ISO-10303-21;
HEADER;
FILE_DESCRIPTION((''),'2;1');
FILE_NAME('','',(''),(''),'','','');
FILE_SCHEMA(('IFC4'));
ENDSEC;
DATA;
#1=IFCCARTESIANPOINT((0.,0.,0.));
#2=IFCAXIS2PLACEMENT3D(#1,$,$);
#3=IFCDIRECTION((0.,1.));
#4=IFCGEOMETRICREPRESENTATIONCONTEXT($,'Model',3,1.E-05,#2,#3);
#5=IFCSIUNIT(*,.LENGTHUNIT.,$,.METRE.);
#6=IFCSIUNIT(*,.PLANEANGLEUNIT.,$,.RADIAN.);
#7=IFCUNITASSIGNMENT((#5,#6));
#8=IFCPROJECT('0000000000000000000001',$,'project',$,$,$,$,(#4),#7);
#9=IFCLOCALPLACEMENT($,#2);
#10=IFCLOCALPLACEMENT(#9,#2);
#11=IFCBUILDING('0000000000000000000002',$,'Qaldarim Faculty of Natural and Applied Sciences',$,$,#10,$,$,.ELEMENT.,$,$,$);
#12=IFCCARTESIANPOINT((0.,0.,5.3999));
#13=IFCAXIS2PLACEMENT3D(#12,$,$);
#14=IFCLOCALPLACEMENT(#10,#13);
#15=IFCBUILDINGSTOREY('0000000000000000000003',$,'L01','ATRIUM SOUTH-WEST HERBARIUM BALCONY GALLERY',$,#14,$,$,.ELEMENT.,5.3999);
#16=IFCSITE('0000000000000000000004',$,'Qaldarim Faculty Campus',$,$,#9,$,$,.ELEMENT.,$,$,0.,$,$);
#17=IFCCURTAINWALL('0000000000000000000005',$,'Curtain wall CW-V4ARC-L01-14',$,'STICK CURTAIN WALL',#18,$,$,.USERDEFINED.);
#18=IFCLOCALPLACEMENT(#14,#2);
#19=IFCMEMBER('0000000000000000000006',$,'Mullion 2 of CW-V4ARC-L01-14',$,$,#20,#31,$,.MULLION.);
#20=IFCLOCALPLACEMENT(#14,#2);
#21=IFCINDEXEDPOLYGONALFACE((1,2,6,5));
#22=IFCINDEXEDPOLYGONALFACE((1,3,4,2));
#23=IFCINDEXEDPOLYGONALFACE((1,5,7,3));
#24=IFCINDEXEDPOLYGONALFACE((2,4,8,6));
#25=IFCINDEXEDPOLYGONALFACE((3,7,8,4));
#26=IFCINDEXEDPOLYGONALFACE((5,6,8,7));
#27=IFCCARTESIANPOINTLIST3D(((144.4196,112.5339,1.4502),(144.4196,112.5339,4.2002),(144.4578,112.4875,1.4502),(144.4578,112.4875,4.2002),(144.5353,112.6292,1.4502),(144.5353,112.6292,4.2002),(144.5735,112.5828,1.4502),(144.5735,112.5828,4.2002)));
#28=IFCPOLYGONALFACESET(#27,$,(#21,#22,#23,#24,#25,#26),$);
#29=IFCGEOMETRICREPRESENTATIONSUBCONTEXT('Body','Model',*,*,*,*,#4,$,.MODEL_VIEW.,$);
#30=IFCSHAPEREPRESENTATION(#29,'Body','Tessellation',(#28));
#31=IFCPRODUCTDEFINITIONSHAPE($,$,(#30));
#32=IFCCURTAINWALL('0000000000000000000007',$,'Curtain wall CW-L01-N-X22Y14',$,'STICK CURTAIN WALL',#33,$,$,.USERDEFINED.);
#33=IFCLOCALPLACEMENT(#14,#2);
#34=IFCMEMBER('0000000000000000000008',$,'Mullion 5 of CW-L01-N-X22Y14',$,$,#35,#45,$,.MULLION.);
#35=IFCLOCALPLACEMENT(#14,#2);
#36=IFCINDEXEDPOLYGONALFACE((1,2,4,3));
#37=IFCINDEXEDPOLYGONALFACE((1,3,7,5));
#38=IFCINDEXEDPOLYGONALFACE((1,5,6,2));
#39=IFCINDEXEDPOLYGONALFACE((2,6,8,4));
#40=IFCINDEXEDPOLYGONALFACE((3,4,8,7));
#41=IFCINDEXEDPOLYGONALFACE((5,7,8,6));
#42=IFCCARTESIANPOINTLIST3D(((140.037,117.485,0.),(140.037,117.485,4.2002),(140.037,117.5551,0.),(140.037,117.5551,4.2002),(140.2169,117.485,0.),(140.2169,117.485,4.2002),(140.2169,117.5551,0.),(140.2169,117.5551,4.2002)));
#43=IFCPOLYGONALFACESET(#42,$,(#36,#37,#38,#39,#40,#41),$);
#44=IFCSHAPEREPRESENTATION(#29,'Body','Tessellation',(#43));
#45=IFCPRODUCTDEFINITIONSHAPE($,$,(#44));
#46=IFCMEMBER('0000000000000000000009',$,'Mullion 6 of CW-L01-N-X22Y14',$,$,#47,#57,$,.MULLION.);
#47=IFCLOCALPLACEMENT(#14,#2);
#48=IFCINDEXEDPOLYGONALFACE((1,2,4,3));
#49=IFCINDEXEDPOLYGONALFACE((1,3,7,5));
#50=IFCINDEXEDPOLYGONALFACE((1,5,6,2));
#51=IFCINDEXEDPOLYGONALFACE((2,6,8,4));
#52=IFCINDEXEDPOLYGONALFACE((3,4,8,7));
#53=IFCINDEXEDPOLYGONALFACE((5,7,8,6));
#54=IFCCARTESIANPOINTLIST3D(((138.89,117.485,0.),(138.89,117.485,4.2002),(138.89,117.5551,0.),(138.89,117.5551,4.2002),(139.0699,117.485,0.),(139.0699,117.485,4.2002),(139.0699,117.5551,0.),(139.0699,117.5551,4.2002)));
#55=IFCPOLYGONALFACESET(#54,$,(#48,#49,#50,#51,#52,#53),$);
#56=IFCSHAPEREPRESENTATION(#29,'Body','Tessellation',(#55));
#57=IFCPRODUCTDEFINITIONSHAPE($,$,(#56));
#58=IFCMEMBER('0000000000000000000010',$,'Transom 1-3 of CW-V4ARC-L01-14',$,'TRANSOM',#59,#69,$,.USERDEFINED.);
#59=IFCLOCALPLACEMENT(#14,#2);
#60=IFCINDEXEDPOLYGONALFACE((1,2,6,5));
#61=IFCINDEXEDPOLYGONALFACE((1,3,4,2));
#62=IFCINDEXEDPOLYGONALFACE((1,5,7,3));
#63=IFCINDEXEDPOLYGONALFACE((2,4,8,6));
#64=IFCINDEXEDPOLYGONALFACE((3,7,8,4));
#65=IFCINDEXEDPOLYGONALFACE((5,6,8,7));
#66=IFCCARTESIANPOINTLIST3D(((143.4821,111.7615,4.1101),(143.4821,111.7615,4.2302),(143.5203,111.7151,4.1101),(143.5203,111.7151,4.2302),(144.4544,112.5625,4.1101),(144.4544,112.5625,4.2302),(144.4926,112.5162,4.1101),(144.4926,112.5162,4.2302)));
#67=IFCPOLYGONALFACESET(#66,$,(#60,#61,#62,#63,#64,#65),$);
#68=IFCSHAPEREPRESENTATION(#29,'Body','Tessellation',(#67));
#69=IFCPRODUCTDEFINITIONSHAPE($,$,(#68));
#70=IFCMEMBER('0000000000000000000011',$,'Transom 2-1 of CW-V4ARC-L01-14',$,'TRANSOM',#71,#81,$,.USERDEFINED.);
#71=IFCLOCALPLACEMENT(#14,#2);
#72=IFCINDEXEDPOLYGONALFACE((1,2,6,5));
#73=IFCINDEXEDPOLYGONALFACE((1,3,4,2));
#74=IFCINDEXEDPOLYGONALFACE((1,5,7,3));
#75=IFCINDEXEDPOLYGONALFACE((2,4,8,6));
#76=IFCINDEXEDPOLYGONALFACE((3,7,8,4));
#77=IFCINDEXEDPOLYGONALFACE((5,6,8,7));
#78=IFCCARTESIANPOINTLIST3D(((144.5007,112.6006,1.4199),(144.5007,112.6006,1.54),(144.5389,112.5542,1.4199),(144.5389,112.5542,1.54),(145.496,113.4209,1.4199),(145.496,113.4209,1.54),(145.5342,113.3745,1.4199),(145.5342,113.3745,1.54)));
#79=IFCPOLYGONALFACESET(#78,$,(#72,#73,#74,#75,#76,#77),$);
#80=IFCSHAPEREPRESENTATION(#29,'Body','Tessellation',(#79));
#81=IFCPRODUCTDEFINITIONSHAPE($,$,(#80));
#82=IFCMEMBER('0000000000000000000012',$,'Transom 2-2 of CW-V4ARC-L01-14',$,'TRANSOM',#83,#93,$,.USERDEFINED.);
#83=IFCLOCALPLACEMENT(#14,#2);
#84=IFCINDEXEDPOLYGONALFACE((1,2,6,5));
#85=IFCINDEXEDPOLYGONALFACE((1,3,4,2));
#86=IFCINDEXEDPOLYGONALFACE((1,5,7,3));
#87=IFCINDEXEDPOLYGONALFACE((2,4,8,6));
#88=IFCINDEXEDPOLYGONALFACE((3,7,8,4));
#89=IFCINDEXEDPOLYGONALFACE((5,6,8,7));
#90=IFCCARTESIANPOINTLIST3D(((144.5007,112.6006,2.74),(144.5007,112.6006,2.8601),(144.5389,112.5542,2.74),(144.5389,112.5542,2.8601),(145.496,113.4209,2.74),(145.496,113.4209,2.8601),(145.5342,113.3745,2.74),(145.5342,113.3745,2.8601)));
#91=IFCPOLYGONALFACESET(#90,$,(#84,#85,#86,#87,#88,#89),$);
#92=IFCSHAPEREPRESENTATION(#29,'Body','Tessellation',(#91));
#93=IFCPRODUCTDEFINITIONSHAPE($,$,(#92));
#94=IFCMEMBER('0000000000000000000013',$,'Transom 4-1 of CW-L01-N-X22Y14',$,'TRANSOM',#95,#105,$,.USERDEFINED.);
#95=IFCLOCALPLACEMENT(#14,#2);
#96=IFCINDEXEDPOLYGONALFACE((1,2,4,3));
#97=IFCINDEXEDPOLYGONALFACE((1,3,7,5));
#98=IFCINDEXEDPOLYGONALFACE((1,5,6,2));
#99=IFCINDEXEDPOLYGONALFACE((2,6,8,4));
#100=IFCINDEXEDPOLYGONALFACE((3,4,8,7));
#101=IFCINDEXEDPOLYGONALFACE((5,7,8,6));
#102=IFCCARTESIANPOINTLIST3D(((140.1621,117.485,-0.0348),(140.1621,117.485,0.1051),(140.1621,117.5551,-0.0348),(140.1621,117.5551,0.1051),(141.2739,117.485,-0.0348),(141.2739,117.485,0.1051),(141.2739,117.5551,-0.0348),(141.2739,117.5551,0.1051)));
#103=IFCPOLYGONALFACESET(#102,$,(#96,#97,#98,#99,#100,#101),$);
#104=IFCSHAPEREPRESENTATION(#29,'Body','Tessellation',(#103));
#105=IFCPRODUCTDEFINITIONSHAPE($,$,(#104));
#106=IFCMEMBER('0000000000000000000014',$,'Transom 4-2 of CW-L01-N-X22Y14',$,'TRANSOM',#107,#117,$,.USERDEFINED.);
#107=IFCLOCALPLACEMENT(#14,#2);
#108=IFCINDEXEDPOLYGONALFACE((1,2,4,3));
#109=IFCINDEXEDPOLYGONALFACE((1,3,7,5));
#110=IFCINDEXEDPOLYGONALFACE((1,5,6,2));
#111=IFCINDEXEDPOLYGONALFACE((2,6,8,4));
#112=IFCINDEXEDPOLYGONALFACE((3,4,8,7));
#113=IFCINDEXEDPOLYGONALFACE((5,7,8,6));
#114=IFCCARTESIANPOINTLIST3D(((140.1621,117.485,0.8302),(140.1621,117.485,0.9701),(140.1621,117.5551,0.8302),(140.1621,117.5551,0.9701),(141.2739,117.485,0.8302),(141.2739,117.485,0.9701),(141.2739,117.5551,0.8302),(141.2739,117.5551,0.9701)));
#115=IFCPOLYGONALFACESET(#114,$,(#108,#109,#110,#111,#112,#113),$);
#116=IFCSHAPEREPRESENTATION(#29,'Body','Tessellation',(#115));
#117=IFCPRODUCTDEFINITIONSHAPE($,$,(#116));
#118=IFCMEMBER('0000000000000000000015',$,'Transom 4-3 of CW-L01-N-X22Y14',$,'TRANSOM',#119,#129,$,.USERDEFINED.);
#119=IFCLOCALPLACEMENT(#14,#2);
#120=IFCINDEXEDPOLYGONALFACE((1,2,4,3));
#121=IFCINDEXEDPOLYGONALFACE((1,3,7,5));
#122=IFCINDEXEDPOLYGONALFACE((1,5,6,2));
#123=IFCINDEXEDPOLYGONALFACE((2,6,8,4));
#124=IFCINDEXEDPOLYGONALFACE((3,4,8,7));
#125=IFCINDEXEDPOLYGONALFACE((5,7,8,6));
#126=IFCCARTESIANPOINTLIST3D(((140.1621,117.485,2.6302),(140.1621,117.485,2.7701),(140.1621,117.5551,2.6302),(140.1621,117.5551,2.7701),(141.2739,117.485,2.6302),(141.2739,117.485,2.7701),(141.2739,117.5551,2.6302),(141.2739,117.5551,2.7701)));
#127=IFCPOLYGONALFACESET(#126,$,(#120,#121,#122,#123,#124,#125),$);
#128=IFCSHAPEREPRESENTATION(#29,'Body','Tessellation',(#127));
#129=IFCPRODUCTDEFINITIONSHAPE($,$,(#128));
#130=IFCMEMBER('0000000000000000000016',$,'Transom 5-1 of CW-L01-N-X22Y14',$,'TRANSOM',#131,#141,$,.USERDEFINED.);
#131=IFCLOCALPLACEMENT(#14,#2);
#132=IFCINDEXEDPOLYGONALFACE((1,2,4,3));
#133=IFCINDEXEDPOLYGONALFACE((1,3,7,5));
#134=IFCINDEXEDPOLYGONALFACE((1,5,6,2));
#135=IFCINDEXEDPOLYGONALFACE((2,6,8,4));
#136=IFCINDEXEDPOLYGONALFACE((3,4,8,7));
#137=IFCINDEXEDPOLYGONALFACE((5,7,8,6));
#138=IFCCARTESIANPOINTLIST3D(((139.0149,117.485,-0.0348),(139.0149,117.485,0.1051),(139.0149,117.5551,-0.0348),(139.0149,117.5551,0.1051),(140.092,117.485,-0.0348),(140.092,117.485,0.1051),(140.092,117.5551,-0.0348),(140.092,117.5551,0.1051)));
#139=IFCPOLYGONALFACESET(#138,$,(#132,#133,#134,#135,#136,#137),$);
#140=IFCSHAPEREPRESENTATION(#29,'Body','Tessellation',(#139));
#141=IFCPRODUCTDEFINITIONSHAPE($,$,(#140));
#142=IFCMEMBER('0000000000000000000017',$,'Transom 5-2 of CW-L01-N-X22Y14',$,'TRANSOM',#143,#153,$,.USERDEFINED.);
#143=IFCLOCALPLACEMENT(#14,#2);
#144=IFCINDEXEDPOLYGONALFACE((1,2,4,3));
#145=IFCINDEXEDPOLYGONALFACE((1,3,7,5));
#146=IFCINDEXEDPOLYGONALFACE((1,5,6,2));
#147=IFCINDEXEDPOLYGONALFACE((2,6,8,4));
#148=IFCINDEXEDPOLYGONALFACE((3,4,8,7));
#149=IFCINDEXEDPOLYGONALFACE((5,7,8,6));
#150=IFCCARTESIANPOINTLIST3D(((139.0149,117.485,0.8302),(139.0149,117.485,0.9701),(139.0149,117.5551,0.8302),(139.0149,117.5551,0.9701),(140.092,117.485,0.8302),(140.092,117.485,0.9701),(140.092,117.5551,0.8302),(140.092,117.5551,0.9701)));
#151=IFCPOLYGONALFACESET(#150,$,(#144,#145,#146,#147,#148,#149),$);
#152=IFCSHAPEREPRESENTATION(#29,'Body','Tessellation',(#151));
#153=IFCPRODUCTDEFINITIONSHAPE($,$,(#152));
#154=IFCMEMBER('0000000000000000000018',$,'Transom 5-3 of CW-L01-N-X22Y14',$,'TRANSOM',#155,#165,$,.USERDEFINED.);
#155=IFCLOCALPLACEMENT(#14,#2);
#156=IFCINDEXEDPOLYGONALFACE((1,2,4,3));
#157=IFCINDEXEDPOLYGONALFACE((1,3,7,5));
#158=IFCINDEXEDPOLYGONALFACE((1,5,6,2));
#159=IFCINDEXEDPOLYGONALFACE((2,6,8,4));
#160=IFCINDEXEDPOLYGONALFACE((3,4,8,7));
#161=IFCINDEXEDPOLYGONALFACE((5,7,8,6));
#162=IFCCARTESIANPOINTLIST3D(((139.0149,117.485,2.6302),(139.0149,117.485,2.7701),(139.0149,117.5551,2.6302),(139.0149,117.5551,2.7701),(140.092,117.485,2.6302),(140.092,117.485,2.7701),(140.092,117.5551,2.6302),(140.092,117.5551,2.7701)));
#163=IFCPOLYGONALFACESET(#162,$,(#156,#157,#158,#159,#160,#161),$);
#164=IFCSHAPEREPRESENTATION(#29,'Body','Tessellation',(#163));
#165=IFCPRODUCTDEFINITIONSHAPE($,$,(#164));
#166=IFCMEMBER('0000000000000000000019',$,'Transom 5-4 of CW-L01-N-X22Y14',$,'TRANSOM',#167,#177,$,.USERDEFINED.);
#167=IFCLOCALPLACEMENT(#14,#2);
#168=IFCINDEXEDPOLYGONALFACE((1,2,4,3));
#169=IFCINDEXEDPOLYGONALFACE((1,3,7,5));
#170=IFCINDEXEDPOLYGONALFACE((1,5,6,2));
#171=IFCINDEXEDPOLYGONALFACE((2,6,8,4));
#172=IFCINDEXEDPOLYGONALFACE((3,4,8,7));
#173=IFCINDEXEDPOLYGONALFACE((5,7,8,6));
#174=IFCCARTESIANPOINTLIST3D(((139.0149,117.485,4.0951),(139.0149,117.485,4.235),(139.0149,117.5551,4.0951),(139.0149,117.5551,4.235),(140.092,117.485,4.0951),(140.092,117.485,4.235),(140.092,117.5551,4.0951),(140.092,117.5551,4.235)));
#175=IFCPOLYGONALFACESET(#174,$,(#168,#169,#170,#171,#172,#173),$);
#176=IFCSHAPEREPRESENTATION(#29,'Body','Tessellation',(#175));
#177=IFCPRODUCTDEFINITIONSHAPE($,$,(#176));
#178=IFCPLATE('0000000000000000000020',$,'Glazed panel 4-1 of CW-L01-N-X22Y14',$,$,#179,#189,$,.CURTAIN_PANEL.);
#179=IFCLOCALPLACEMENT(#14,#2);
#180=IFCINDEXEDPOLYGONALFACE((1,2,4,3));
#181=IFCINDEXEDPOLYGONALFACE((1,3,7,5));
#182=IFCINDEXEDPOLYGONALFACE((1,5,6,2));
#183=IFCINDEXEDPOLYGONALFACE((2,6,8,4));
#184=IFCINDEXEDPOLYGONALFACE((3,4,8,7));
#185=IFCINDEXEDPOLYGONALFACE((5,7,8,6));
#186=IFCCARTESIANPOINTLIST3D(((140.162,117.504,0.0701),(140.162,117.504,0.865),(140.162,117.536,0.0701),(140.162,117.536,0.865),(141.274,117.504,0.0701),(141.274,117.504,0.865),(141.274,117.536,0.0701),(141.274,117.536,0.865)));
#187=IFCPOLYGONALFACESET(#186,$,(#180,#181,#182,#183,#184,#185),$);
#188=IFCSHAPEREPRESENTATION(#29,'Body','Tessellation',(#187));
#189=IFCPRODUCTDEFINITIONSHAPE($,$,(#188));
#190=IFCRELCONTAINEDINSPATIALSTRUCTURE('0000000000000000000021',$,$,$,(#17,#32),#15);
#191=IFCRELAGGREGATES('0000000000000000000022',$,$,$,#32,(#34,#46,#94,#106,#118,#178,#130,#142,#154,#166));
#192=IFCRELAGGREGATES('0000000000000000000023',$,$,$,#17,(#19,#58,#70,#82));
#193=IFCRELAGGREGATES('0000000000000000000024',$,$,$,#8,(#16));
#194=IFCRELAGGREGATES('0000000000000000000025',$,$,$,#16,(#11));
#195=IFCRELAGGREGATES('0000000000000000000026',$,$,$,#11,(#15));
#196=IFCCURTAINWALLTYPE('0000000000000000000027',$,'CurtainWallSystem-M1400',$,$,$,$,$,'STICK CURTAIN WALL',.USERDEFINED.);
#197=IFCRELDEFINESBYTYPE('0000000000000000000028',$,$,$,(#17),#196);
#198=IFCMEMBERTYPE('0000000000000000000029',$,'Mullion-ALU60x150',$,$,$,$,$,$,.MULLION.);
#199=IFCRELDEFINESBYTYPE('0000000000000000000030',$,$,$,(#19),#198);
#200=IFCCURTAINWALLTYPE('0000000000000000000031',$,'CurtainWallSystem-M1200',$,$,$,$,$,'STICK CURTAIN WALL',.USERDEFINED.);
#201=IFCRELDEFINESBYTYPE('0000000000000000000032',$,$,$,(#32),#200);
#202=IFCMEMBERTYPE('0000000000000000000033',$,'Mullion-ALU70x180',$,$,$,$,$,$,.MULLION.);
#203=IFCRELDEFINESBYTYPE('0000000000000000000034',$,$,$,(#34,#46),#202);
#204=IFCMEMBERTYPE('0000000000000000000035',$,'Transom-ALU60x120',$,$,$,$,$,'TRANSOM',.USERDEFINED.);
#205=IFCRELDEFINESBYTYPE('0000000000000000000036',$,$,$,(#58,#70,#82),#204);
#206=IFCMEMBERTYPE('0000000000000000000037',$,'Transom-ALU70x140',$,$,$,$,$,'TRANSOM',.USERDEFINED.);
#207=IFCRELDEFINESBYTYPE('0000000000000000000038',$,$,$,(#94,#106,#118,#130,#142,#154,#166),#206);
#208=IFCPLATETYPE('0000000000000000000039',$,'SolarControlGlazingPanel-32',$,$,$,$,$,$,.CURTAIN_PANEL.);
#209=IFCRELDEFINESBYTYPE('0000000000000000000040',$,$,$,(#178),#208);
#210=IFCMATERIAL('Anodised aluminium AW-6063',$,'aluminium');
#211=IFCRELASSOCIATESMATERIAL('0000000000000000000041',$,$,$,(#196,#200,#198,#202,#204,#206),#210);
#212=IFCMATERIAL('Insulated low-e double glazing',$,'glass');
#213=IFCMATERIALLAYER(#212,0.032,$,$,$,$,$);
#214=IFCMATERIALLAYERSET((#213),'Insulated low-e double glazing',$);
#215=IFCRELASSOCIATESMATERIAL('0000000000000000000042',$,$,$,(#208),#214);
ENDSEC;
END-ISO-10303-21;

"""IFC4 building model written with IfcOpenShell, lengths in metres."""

from ifc_helpers import new_model, si_unit, direction, frame, origin, origin_2d, place, context, subcontext, project, spatial, rectangle, extrude, material, layer, layer_set, material_profile, profile_set, type_object, element, aggregate, save


model = new_model("IFC4")

# Units and contexts
model_context = context("Model", 3, precision=1e-05, world=origin(), true_north=direction((0.0, 1.0)))
body_context = subcontext(model_context, "Body", "Model", "MODEL_VIEW")
ifc_project = project(units=[si_unit("LENGTHUNIT", "METRE"), si_unit("PLANEANGLEUNIT", "RADIAN")], contexts=[model_context])

# Site, building, storey
site_placement = place(None, origin())
site = spatial("IfcSite", under=ifc_project, at=site_placement, Name="Qaldarim Faculty Campus", CompositionType="ELEMENT", RefElevation=0.0)
building_placement = place(site_placement, origin())
building = spatial("IfcBuilding", under=site, at=building_placement, Name="Qaldarim Faculty of Natural and Applied Sciences", CompositionType="ELEMENT")
storey_placement = place(building_placement, frame((0.0, 0.0, 5.3999)))
storey = spatial("IfcBuildingStorey", under=building, at=storey_placement, Name="L01", Description="ATRIUM SOUTH-WEST HERBARIUM BALCONY GALLERY", CompositionType="ELEMENT", Elevation=5.3999)

# Curtain wall, member
ifc_material_1 = material(Name="Anodised aluminium AW-6063", Category="aluminium")
curtain_wall_type_1 = type_object("IfcCurtainWallType", Name="CurtainWallSystem-M1400", ElementType="STICK CURTAIN WALL", PredefinedType="USERDEFINED", material=ifc_material_1)
curtain_wall_1_placement = place(storey_placement, origin())
curtain_wall_1 = element("IfcCurtainWall", 1, at=curtain_wall_1_placement, inside=storey, type_object=curtain_wall_type_1, Name="Curtain wall CW-V4ARC-L01-14", ObjectType="STICK CURTAIN WALL", PredefinedType="USERDEFINED")
ifc_material_profile_1 = material_profile(ifc_material_1, rectangle(XDim=0.0601, YDim=0.1499, at=origin_2d()), Name="ALU-M60x150")
ifc_profile_set_1 = profile_set([ifc_material_profile_1], Name="Anodised aluminium AW-6063")
member_type_1 = type_object("IfcMemberType", Name="Mullion-ALU60x150", PredefinedType="MULLION", material=ifc_profile_set_1)
member_1_placement = place(storey_placement, frame((144.4966, 112.5583, 1.4502), z_axis=(0.0, 0.0, 1.0), x_axis=(-0.63593, 0.771747, 0.0)))
member_1 = element("IfcMember", 2, at=member_1_placement, type_object=member_type_1, Name="Mullion 2 of CW-V4ARC-L01-14", PredefinedType="MULLION", context=body_context, shape_type="SweptSolid", body=[
    extrude(rectangle(XDim=0.0601, YDim=0.1499, at=origin_2d()), origin(), (0.0, 0.0, 1.0), 2.75),
])

# Curtain wall, members
curtain_wall_type_2 = type_object("IfcCurtainWallType", Name="CurtainWallSystem-M1200", ElementType="STICK CURTAIN WALL", PredefinedType="USERDEFINED", material=ifc_material_1)
curtain_wall_2_placement = place(storey_placement, origin())
curtain_wall_2 = element("IfcCurtainWall", 3, at=curtain_wall_2_placement, inside=storey, type_object=curtain_wall_type_2, Name="Curtain wall CW-L01-N-X22Y14", ObjectType="STICK CURTAIN WALL", PredefinedType="USERDEFINED")
ifc_material_profile_2 = material_profile(ifc_material_1, rectangle(XDim=0.0701, YDim=0.1799, at=origin_2d()), Name="ALU-M70x180")
ifc_profile_set_2 = profile_set([ifc_material_profile_2], Name="Anodised aluminium AW-6063")
member_type_2 = type_object("IfcMemberType", Name="Mullion-ALU70x180", PredefinedType="MULLION", material=ifc_profile_set_2)
member_2_placement = place(storey_placement, frame((140.127, 117.52, 0.0), z_axis=(0.0, 0.0, 1.0), x_axis=(0.0, -1.0, 0.0)))
member_2 = element("IfcMember", 4, at=member_2_placement, type_object=member_type_2, Name="Mullion 5 of CW-L01-N-X22Y14", PredefinedType="MULLION", context=body_context, shape_type="SweptSolid", body=[
    extrude(rectangle(XDim=0.0701, YDim=0.1799, at=origin_2d()), origin(), (0.0, 0.0, 1.0), 4.2002),
])
member_3_placement = place(storey_placement, frame((138.98, 117.52, 0.0), z_axis=(0.0, 0.0, 1.0), x_axis=(0.0, -1.0, 0.0)))
member_3 = element("IfcMember", 5, at=member_3_placement, type_object=member_type_2, Name="Mullion 6 of CW-L01-N-X22Y14", PredefinedType="MULLION", context=body_context, shape_type="SweptSolid", body=[
    extrude(rectangle(XDim=0.0701, YDim=0.1799, at=origin_2d()), origin(), (0.0, 0.0, 1.0), 4.2002),
])

# Members
ifc_material_profile_3 = material_profile(ifc_material_1, rectangle(XDim=0.0601, YDim=0.1201, at=origin_2d()), Name="ALU-T60x120")
ifc_profile_set_3 = profile_set([ifc_material_profile_3], Name="Anodised aluminium AW-6063")
member_type_3 = type_object("IfcMemberType", Name="Transom-ALU60x120", ElementType="TRANSOM", PredefinedType="USERDEFINED", material=ifc_profile_set_3)
member_4_placement = place(storey_placement, frame((143.5012, 111.7383, 4.1702), z_axis=(0.771768, 0.635904, 0.0), x_axis=(-0.635904, 0.771768, 0.0)))
member_4 = element("IfcMember", 6, at=member_4_placement, type_object=member_type_3, Name="Transom 1-3 of CW-V4ARC-L01-14", ObjectType="TRANSOM", PredefinedType="USERDEFINED", context=body_context, shape_type="SweptSolid", body=[
    extrude(rectangle(XDim=0.0601, YDim=0.1201, at=origin_2d()), origin(), (0.0, 0.0, 1.0), 1.2598),
])
member_5_placement = place(storey_placement, frame((144.5198, 112.5774, 1.48), z_axis=(0.771701, 0.635986, 0.0), x_axis=(-0.635986, 0.771701, 0.0)))
member_5 = element("IfcMember", 7, at=member_5_placement, type_object=member_type_3, Name="Transom 2-1 of CW-V4ARC-L01-14", ObjectType="TRANSOM", PredefinedType="USERDEFINED", context=body_context, shape_type="SweptSolid", body=[
    extrude(rectangle(XDim=0.0601, YDim=0.1201, at=origin_2d()), origin(), (0.0, 0.0, 1.0), 1.2898),
])
member_6_placement = place(storey_placement, frame((144.5198, 112.5774, 2.8), z_axis=(0.771701, 0.635986, 0.0), x_axis=(-0.635986, 0.771701, 0.0)))
member_6 = element("IfcMember", 8, at=member_6_placement, type_object=member_type_3, Name="Transom 2-2 of CW-V4ARC-L01-14", ObjectType="TRANSOM", PredefinedType="USERDEFINED", context=body_context, shape_type="SweptSolid", body=[
    extrude(rectangle(XDim=0.0601, YDim=0.1201, at=origin_2d()), origin(), (0.0, 0.0, 1.0), 1.2898),
])
ifc_material_profile_4 = material_profile(ifc_material_1, rectangle(XDim=0.0701, YDim=0.1399, at=origin_2d()), Name="ALU-T70x140")
ifc_profile_set_4 = profile_set([ifc_material_profile_4], Name="Anodised aluminium AW-6063")
member_type_4 = type_object("IfcMemberType", Name="Transom-ALU70x140", ElementType="TRANSOM", PredefinedType="USERDEFINED", material=ifc_profile_set_4)
member_7_placement = place(storey_placement, frame((141.2739, 117.52, 0.0352), z_axis=(-1.0, 0.0, 0.0), x_axis=(0.0, -1.0, 0.0)))
member_7 = element("IfcMember", 9, at=member_7_placement, type_object=member_type_4, Name="Transom 4-1 of CW-L01-N-X22Y14", ObjectType="TRANSOM", PredefinedType="USERDEFINED", context=body_context, shape_type="SweptSolid", body=[
    extrude(rectangle(XDim=0.0701, YDim=0.1399, at=origin_2d()), origin(), (0.0, 0.0, 1.0), 1.1118),
])
member_8_placement = place(storey_placement, frame((141.2739, 117.52, 0.9001), z_axis=(-1.0, 0.0, 0.0), x_axis=(0.0, -1.0, 0.0)))
member_8 = element("IfcMember", 10, at=member_8_placement, type_object=member_type_4, Name="Transom 4-2 of CW-L01-N-X22Y14", ObjectType="TRANSOM", PredefinedType="USERDEFINED", context=body_context, shape_type="SweptSolid", body=[
    extrude(rectangle(XDim=0.0701, YDim=0.1399, at=origin_2d()), origin(), (0.0, 0.0, 1.0), 1.1118),
])
member_9_placement = place(storey_placement, frame((141.2739, 117.52, 2.7002), z_axis=(-1.0, 0.0, 0.0), x_axis=(0.0, -1.0, 0.0)))
member_9 = element("IfcMember", 11, at=member_9_placement, type_object=member_type_4, Name="Transom 4-3 of CW-L01-N-X22Y14", ObjectType="TRANSOM", PredefinedType="USERDEFINED", context=body_context, shape_type="SweptSolid", body=[
    extrude(rectangle(XDim=0.0701, YDim=0.1399, at=origin_2d()), origin(), (0.0, 0.0, 1.0), 1.1118),
])
member_10_placement = place(storey_placement, frame((140.092, 117.52, 0.0352), z_axis=(-1.0, 0.0, 0.0), x_axis=(0.0, -1.0, 0.0)))
member_10 = element("IfcMember", 12, at=member_10_placement, type_object=member_type_4, Name="Transom 5-1 of CW-L01-N-X22Y14", ObjectType="TRANSOM", PredefinedType="USERDEFINED", context=body_context, shape_type="SweptSolid", body=[
    extrude(rectangle(XDim=0.0701, YDim=0.1399, at=origin_2d()), origin(), (0.0, 0.0, 1.0), 1.0771),
])
member_11_placement = place(storey_placement, frame((140.092, 117.52, 0.9001), z_axis=(-1.0, 0.0, 0.0), x_axis=(0.0, -1.0, 0.0)))
member_11 = element("IfcMember", 13, at=member_11_placement, type_object=member_type_4, Name="Transom 5-2 of CW-L01-N-X22Y14", ObjectType="TRANSOM", PredefinedType="USERDEFINED", context=body_context, shape_type="SweptSolid", body=[
    extrude(rectangle(XDim=0.0701, YDim=0.1399, at=origin_2d()), origin(), (0.0, 0.0, 1.0), 1.0771),
])
member_12_placement = place(storey_placement, frame((140.092, 117.52, 2.7002), z_axis=(-1.0, 0.0, 0.0), x_axis=(0.0, -1.0, 0.0)))
member_12 = element("IfcMember", 14, at=member_12_placement, type_object=member_type_4, Name="Transom 5-3 of CW-L01-N-X22Y14", ObjectType="TRANSOM", PredefinedType="USERDEFINED", context=body_context, shape_type="SweptSolid", body=[
    extrude(rectangle(XDim=0.0701, YDim=0.1399, at=origin_2d()), origin(), (0.0, 0.0, 1.0), 1.0771),
])
member_13_placement = place(storey_placement, frame((140.092, 117.52, 4.165), z_axis=(-1.0, 0.0, 0.0), x_axis=(0.0, -1.0, 0.0)))
member_13 = element("IfcMember", 15, at=member_13_placement, type_object=member_type_4, Name="Transom 5-4 of CW-L01-N-X22Y14", ObjectType="TRANSOM", PredefinedType="USERDEFINED", context=body_context, shape_type="SweptSolid", body=[
    extrude(rectangle(XDim=0.0701, YDim=0.1399, at=origin_2d()), origin(), (0.0, 0.0, 1.0), 1.0771),
])

# Plate
ifc_material_2 = material(Name="Insulated low-e double glazing", Category="glass")
ifc_layer_1 = layer(ifc_material_2, 0.032)
ifc_layer_set_1 = layer_set([ifc_layer_1], Name="Insulated low-e double glazing")
plate_type_1 = type_object("IfcPlateType", Name="SolarControlGlazingPanel-32", PredefinedType="CURTAIN_PANEL", material=ifc_layer_set_1)
plate_1_placement = place(storey_placement, frame((140.718, 117.52, 0.0701), z_axis=(0.0, 0.0, 1.0), x_axis=(-1.0, 0.0, 0.0)))
plate_1 = element("IfcPlate", 16, at=plate_1_placement, type_object=plate_type_1, Name="Glazed panel 4-1 of CW-L01-N-X22Y14", PredefinedType="CURTAIN_PANEL", context=body_context, shape_type="SweptSolid", body=[
    extrude(rectangle(XDim=1.1121, YDim=0.032, at=origin_2d()), origin(), (0.0, 0.0, 1.0), 0.7949),
])
aggregate(curtain_wall_2, [member_2, member_3, member_7, member_8, member_9, plate_1, member_10, member_11, member_12, member_13])
aggregate(curtain_wall_1, [member_1, member_4, member_5, member_6])

save(model, "model.ifc")
